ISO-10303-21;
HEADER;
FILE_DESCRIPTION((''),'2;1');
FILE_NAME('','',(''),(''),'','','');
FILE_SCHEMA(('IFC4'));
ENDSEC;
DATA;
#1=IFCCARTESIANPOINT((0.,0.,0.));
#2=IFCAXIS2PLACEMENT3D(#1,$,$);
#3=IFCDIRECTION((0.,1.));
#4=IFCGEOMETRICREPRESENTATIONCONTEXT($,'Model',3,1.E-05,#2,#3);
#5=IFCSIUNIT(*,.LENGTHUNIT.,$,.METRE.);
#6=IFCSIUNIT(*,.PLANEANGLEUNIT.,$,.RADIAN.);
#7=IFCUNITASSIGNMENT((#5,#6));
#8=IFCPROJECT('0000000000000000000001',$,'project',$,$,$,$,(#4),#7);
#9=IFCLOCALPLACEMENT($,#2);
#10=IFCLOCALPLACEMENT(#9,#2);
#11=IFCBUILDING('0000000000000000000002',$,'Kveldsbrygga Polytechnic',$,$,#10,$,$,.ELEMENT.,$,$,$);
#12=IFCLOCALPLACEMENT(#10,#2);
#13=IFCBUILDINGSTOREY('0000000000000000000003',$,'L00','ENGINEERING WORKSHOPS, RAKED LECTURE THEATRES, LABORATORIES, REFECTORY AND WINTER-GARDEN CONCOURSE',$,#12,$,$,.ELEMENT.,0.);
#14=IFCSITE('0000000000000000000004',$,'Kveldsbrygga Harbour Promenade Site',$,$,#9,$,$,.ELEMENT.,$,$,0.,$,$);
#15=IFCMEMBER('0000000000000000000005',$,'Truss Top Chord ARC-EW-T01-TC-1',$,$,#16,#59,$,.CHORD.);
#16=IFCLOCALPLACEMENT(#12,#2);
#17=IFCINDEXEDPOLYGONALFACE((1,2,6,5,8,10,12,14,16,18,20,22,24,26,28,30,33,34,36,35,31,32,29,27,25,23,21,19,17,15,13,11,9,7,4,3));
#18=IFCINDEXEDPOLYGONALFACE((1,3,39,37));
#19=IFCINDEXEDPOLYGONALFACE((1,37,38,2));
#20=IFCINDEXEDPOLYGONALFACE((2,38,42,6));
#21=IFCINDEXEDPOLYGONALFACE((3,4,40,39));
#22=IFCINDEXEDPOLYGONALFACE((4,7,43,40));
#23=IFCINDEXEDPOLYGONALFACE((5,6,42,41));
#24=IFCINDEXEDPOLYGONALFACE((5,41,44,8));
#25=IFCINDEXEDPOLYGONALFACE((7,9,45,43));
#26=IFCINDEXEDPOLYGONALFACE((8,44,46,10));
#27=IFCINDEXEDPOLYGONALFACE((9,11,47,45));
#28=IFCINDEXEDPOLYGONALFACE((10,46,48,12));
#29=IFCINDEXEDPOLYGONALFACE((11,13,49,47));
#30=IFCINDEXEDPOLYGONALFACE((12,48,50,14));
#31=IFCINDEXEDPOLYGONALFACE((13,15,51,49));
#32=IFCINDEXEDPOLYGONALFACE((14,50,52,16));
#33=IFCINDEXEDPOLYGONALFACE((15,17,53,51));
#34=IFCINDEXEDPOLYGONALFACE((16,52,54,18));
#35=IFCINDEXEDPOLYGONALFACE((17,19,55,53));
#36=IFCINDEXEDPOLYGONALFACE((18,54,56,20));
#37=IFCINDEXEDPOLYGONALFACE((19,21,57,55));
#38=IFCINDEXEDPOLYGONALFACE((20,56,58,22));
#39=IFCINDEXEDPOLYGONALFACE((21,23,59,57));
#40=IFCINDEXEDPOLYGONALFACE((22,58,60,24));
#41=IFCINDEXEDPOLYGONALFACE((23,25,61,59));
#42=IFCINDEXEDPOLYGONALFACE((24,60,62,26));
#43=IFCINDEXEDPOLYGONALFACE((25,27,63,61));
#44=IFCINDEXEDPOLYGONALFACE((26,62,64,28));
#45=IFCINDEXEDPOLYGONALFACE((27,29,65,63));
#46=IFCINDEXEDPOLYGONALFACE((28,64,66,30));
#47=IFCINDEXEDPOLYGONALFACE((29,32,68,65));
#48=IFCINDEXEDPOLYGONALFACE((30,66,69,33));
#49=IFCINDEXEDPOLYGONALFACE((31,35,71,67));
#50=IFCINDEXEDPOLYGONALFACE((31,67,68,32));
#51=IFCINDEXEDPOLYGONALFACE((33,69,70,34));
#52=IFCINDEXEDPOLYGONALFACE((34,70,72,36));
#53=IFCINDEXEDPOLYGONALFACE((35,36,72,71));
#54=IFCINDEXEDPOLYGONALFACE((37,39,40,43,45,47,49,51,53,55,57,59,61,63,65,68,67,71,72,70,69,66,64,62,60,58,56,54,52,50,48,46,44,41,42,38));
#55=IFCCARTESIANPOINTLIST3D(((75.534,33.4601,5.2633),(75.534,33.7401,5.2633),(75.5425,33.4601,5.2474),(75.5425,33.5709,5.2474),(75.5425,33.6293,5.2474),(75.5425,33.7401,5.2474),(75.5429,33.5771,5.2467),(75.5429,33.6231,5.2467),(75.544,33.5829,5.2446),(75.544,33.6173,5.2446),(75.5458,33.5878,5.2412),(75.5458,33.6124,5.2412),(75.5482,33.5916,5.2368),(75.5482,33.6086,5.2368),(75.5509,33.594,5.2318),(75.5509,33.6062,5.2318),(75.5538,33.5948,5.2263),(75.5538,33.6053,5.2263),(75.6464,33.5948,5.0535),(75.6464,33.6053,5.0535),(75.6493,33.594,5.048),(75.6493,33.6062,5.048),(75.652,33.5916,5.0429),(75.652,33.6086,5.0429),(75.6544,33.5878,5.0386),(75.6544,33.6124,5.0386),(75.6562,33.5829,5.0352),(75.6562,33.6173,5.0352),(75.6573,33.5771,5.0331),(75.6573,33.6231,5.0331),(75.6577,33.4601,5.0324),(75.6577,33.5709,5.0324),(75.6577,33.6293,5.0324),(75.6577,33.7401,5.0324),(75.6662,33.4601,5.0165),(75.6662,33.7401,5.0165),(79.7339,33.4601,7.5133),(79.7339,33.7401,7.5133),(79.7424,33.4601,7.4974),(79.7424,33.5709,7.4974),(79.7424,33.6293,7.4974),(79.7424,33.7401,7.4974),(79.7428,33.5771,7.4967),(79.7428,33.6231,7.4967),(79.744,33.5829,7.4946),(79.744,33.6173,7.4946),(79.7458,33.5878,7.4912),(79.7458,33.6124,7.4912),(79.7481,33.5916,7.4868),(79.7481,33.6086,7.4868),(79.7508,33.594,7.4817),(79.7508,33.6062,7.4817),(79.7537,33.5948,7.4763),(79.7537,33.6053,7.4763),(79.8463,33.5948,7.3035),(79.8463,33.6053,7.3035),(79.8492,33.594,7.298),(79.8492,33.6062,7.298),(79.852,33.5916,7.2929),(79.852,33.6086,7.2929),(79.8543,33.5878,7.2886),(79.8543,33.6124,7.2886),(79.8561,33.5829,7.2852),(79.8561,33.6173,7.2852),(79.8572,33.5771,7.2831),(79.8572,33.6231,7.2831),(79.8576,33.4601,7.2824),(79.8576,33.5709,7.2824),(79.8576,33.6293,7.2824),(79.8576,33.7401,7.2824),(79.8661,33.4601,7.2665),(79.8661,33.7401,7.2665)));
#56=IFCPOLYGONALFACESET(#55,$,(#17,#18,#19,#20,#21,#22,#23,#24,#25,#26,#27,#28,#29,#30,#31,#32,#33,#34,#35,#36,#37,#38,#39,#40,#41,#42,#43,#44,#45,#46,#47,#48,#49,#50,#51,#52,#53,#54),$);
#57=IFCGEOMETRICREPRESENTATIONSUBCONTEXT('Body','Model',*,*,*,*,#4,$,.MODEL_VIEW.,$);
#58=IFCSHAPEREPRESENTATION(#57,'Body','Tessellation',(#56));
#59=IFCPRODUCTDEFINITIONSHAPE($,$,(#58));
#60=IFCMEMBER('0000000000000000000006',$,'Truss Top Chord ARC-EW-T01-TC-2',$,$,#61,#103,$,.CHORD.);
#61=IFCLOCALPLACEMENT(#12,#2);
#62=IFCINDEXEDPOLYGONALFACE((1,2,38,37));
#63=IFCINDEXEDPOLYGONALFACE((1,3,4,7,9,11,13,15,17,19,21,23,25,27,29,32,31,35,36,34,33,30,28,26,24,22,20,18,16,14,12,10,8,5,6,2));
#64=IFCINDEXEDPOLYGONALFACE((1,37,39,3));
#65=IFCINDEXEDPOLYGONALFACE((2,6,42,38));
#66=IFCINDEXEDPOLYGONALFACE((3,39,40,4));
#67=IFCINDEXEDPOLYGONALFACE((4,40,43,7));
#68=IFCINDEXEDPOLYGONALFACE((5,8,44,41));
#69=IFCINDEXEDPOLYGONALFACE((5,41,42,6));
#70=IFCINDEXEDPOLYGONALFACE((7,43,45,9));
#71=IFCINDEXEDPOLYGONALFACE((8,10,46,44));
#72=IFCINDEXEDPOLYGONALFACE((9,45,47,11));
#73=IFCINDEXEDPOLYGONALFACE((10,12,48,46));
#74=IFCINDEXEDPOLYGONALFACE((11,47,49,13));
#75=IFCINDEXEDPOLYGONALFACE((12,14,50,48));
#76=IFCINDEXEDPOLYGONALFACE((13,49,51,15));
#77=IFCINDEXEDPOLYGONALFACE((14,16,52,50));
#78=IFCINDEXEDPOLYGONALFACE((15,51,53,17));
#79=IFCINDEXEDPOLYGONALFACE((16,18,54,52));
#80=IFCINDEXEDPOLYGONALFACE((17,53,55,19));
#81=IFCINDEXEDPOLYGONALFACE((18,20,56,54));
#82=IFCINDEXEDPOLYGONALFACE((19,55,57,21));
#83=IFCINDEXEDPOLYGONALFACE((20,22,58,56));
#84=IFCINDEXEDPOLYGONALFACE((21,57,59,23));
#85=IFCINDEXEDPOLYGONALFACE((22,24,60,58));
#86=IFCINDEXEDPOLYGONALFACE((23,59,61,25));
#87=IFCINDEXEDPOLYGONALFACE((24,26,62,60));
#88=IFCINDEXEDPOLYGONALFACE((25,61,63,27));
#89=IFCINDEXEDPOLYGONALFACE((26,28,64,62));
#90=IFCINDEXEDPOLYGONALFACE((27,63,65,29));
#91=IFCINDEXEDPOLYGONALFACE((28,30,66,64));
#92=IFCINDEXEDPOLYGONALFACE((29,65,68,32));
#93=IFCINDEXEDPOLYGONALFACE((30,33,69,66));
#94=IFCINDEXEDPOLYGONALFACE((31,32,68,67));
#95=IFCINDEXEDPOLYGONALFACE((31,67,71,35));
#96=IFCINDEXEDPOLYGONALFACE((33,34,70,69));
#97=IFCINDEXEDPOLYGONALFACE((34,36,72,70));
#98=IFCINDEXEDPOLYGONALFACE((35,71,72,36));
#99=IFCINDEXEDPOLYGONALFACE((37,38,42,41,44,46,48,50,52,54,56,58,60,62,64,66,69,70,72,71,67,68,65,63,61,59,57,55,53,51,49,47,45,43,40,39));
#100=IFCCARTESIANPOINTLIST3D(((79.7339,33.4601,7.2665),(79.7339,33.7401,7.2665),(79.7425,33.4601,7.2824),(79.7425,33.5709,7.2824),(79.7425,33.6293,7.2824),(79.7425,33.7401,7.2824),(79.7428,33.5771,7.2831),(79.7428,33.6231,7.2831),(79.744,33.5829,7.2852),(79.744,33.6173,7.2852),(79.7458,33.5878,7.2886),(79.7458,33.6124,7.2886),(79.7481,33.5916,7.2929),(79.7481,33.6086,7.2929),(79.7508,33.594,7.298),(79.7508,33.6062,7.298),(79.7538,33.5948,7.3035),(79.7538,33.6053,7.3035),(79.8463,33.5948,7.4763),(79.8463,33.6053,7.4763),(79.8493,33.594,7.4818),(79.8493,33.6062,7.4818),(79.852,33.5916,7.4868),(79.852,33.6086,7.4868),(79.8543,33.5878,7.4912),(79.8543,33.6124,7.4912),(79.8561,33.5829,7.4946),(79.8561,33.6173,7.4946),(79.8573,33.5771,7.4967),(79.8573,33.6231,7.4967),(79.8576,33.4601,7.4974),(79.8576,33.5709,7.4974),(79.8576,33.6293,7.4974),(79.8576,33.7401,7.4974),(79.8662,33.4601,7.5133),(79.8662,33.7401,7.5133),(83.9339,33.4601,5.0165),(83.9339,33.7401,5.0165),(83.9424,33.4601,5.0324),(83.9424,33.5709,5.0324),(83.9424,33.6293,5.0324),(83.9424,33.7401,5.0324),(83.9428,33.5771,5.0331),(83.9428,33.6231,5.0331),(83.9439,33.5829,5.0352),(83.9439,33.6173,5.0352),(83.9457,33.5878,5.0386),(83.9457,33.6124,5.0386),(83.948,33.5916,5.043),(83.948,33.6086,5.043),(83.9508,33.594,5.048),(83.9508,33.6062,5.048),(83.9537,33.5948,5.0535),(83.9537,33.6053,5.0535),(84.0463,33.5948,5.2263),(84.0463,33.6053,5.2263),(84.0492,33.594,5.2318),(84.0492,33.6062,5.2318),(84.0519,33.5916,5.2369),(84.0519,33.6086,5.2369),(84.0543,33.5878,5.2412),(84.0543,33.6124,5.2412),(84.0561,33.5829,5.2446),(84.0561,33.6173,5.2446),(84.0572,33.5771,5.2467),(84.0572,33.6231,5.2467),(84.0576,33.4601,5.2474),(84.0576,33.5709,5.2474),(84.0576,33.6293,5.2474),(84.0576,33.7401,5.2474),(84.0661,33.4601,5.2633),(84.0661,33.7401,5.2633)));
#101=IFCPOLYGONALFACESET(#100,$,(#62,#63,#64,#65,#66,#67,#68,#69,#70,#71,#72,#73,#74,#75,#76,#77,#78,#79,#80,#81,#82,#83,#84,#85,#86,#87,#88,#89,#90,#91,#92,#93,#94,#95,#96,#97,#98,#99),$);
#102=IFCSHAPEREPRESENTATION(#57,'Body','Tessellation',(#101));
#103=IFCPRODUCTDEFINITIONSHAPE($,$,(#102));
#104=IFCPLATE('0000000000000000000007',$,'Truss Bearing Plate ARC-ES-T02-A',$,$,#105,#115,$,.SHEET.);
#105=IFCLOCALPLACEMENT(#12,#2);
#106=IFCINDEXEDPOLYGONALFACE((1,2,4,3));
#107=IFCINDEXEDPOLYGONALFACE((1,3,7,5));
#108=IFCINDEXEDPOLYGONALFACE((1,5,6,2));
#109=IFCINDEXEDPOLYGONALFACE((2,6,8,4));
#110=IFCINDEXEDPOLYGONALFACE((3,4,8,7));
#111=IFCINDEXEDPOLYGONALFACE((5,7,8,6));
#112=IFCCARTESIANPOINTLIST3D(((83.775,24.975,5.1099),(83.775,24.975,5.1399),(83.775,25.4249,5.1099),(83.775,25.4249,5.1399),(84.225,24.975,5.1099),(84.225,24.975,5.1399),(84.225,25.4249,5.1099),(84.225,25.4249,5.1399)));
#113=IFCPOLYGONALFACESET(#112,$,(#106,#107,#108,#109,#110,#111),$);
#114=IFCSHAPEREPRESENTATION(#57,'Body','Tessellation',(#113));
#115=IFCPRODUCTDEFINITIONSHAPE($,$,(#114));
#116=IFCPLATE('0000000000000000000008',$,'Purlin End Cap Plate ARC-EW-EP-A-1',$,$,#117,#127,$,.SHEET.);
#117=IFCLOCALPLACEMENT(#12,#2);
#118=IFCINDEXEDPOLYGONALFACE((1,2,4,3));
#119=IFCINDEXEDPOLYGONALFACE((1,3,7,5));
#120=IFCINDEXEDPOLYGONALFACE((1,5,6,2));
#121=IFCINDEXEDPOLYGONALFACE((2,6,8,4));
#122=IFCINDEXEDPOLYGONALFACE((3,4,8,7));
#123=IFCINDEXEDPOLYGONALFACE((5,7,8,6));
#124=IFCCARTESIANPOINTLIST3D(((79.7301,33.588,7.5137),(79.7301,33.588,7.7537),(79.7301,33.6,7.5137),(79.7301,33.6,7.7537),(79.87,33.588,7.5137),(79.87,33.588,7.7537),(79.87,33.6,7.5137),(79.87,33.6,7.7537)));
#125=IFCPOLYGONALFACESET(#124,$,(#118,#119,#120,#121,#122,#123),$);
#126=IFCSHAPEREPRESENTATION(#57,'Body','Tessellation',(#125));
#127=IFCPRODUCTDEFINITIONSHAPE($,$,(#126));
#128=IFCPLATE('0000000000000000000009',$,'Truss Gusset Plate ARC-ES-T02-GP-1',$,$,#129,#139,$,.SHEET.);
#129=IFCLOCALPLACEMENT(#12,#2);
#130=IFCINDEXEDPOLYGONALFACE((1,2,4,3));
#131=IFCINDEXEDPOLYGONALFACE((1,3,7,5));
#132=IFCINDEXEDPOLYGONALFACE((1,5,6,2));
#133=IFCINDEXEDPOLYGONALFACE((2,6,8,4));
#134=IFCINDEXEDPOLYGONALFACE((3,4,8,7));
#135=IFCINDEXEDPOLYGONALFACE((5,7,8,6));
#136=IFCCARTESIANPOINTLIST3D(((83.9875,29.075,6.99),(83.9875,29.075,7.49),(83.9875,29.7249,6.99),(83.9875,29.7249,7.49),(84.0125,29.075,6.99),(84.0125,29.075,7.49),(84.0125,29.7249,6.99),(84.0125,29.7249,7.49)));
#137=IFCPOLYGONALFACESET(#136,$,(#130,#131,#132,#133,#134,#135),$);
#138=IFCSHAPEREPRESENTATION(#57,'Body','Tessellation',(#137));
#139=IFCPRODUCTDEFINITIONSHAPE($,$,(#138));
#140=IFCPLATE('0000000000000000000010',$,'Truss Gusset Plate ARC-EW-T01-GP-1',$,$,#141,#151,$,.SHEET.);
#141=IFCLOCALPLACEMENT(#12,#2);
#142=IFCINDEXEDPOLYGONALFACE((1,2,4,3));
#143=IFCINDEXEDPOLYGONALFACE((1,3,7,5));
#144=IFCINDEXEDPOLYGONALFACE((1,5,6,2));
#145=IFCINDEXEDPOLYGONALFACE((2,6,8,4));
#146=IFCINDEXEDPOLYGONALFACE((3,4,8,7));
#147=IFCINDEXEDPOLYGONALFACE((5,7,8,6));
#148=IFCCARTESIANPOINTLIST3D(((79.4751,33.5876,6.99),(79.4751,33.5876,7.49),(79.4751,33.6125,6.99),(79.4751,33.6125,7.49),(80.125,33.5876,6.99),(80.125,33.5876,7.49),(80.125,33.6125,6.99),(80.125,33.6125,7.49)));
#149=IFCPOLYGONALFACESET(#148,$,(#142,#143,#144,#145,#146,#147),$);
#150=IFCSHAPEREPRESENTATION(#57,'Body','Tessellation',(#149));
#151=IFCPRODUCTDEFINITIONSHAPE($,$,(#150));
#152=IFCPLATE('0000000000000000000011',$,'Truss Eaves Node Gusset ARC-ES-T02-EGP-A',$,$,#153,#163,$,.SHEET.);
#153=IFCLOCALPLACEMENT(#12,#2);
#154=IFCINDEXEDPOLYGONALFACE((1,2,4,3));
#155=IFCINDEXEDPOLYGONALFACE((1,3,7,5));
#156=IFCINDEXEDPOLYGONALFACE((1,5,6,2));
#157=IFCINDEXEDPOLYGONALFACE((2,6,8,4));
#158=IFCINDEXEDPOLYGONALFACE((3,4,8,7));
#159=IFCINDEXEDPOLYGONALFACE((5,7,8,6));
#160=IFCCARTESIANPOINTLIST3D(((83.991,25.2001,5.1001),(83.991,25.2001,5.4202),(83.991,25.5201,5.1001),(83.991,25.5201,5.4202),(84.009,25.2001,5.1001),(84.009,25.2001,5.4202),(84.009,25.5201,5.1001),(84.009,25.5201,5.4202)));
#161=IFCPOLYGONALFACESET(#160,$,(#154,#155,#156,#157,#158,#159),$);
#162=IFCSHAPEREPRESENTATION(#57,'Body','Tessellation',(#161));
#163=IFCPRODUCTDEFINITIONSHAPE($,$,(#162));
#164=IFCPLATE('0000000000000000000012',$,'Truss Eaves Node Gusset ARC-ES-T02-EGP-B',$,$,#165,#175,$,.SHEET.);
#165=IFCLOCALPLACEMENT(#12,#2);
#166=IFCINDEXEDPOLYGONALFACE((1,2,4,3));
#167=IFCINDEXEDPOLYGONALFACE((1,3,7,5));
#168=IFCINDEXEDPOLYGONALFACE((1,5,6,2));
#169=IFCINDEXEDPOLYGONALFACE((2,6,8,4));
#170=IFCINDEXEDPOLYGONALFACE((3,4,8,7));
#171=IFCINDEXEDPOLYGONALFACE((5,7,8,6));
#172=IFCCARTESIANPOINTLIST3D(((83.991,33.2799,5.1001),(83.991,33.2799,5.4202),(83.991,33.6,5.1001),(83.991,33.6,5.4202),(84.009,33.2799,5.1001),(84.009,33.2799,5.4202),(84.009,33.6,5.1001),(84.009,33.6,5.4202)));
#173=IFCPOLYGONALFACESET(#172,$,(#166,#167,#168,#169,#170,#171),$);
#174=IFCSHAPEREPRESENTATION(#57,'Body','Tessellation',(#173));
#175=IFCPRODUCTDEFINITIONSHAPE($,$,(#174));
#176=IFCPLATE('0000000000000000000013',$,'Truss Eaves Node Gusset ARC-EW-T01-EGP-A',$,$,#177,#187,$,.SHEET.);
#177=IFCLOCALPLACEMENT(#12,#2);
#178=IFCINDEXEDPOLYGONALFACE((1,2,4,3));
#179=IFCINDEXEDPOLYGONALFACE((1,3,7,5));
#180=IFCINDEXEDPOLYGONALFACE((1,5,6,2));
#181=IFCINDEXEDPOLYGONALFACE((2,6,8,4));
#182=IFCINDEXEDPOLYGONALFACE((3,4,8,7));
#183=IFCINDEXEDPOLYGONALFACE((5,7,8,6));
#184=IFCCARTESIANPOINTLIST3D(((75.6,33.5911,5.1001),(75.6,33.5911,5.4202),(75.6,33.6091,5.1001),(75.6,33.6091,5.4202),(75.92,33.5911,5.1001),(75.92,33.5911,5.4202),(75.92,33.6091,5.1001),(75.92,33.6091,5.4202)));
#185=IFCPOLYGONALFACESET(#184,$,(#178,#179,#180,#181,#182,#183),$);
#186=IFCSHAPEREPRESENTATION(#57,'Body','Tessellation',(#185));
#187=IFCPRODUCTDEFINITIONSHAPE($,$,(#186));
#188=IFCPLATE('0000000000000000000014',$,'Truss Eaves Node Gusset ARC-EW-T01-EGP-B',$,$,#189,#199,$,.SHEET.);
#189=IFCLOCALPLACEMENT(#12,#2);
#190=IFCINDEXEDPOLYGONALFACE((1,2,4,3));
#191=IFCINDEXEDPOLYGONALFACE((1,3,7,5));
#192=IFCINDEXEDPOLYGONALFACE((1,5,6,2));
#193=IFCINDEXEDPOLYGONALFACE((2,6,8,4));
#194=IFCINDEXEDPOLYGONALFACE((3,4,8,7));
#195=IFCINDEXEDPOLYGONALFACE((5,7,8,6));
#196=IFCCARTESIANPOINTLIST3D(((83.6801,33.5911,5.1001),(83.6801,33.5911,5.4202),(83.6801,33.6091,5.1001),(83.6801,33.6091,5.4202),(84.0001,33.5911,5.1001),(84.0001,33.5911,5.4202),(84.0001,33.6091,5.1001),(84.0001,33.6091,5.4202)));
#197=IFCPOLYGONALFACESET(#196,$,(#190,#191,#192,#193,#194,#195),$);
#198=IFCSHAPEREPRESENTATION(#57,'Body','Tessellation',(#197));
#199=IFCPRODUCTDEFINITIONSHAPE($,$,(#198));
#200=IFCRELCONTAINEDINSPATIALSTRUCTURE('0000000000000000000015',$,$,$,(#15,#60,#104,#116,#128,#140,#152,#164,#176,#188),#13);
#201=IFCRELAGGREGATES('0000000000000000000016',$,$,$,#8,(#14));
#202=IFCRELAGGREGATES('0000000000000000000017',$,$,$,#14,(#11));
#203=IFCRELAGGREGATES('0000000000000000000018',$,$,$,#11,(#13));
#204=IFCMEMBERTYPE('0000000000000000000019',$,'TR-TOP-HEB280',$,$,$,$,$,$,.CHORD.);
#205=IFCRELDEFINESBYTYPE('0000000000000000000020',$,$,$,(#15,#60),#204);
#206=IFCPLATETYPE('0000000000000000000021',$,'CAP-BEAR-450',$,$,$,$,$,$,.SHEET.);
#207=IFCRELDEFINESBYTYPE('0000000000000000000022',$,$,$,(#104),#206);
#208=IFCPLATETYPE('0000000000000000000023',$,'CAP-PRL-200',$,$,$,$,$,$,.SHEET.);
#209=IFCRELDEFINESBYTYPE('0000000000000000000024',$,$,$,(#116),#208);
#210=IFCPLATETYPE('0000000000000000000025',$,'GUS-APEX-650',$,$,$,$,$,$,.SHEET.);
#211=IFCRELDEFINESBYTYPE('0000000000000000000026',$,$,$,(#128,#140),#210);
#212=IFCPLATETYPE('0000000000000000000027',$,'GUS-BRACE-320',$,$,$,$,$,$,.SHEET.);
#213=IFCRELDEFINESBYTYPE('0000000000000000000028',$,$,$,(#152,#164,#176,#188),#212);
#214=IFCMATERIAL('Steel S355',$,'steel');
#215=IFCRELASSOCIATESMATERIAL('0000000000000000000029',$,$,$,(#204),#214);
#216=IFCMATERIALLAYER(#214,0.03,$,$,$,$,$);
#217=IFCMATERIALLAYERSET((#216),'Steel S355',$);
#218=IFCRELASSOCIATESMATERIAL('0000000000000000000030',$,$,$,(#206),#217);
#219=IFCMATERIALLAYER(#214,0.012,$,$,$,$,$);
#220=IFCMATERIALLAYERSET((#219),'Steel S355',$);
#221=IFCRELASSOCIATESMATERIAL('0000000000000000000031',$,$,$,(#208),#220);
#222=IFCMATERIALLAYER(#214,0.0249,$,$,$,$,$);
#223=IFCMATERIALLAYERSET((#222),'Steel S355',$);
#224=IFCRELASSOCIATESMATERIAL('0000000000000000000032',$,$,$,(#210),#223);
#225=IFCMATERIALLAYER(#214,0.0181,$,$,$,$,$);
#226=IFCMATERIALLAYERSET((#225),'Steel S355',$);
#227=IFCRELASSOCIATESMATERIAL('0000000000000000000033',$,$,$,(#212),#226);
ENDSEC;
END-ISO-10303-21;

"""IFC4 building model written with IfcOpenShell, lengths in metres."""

from ifc_helpers import new_model, si_unit, direction, frame, origin, origin_2d, place, context, subcontext, project, spatial, rectangle, i_section, extrude, material, layer, layer_set, material_profile, profile_set, type_object, element, save


model = new_model("IFC4")

# Units and contexts
model_context = context("Model", 3, precision=1e-05, world=origin(), true_north=direction((0.0, 1.0)))
body_context = subcontext(model_context, "Body", "Model", "MODEL_VIEW")
ifc_project = project(units=[si_unit("LENGTHUNIT", "METRE"), si_unit("PLANEANGLEUNIT", "RADIAN")], contexts=[model_context])

# Site, building, storey
site_placement = place(None, origin())
site = spatial("IfcSite", under=ifc_project, at=site_placement, Name="Kveldsbrygga Harbour Promenade Site", CompositionType="ELEMENT", RefElevation=0.0)
building_placement = place(site_placement, origin())
building = spatial("IfcBuilding", under=site, at=building_placement, Name="Kveldsbrygga Polytechnic", CompositionType="ELEMENT")
storey_placement = place(building_placement, origin())
storey = spatial("IfcBuildingStorey", under=building, at=storey_placement, Name="L00", Description="ENGINEERING WORKSHOPS, RAKED LECTURE THEATRES, LABORATORIES, REFECTORY AND WINTER-GARDEN CONCOURSE", CompositionType="ELEMENT", Elevation=0.0)

# Members
ifc_material_1 = material(Name="Steel S355", Category="steel")
ifc_material_profile_1 = material_profile(ifc_material_1, i_section(OverallWidth=0.28, OverallDepth=0.28, WebThickness=0.0105, FlangeThickness=0.0181, FilletRadius=0.0239, at=origin_2d()), Name="HEB 280")
ifc_profile_set_1 = profile_set([ifc_material_profile_1], Name="Steel S355")
member_type_1 = type_object("IfcMemberType", Name="TR-TOP-HEB280", PredefinedType="CHORD", material=ifc_profile_set_1)
for number, where, z_axis, x_axis, name in (
    (1, (75.6001, 33.6001, 5.1399), (0.881478, 0.0, 0.472226), (0.0, 1.0, 0.0), "Truss Top Chord ARC-EW-T01-TC-1"),
    (2, (79.8, 33.6001, 7.3899), (0.881478, 0.0, -0.472226), (0.0, 1.0, 0.0), "Truss Top Chord ARC-EW-T01-TC-2"),
):
    element("IfcMember", number, at=place(storey_placement, frame(where, z_axis=z_axis, x_axis=x_axis)), inside=storey, type_object=member_type_1, Name=name, PredefinedType="CHORD", context=body_context, shape_type="SweptSolid", body=[
        extrude(i_section(OverallWidth=0.28, OverallDepth=0.28, WebThickness=0.0105, FlangeThickness=0.0181, FilletRadius=0.0239, at=origin_2d()), origin(), (0.0, 0.0, 1.0), 4.7646),
    ])

# Plates
ifc_layer_1 = layer(ifc_material_1, 0.03)
ifc_layer_set_1 = layer_set([ifc_layer_1], Name="Steel S355")
plate_type_1 = type_object("IfcPlateType", Name="CAP-BEAR-450", PredefinedType="SHEET", material=ifc_layer_set_1)
plate_1_placement = place(storey_placement, frame((84.0, 25.2, 5.1099), z_axis=(0.0, 0.0, 1.0), x_axis=(1.0, 0.0, 0.0)))
element("IfcPlate", 3, at=plate_1_placement, inside=storey, type_object=plate_type_1, Name="Truss Bearing Plate ARC-ES-T02-A", PredefinedType="SHEET", context=body_context, shape_type="SweptSolid", body=[
    extrude(rectangle(XDim=0.45, YDim=0.45, at=origin_2d()), origin(), (0.0, 0.0, 1.0), 0.03),
])
ifc_layer_2 = layer(ifc_material_1, 0.012)
ifc_layer_set_2 = layer_set([ifc_layer_2], Name="Steel S355")
plate_type_2 = type_object("IfcPlateType", Name="CAP-PRL-200", PredefinedType="SHEET", material=ifc_layer_set_2)
plate_2_placement = place(storey_placement, frame((79.8, 33.594, 7.5137), z_axis=(0.0, 0.0, 1.0), x_axis=(1.0, 0.0, 0.0)))
element("IfcPlate", 4, at=plate_2_placement, inside=storey, type_object=plate_type_2, Name="Purlin End Cap Plate ARC-EW-EP-A-1", PredefinedType="SHEET", context=body_context, shape_type="SweptSolid", body=[
    extrude(rectangle(XDim=0.1399, YDim=0.012, at=origin_2d()), origin(), (0.0, 0.0, 1.0), 0.24),
])
ifc_layer_3 = layer(ifc_material_1, 0.0249)
ifc_layer_set_3 = layer_set([ifc_layer_3], Name="Steel S355")
plate_type_3 = type_object("IfcPlateType", Name="GUS-APEX-650", PredefinedType="SHEET", material=ifc_layer_set_3)
plate_3_placement = place(storey_placement, frame((84.0, 29.3999, 6.99), z_axis=(0.0, 0.0, 1.0), x_axis=(1.0, 0.0, 0.0)))
element("IfcPlate", 5, at=plate_3_placement, inside=storey, type_object=plate_type_3, Name="Truss Gusset Plate ARC-ES-T02-GP-1", PredefinedType="SHEET", context=body_context, shape_type="SweptSolid", body=[
    extrude(rectangle(XDim=0.0249, YDim=0.6499, at=origin_2d()), origin(), (0.0, 0.0, 1.0), 0.5),
])
plate_4_placement = place(storey_placement, frame((79.8, 33.6001, 6.99), z_axis=(0.0, 0.0, 1.0), x_axis=(1.0, 0.0, 0.0)))
element("IfcPlate", 6, at=plate_4_placement, inside=storey, type_object=plate_type_3, Name="Truss Gusset Plate ARC-EW-T01-GP-1", PredefinedType="SHEET", context=body_context, shape_type="SweptSolid", body=[
    extrude(rectangle(XDim=0.6499, YDim=0.0249, at=origin_2d()), origin(), (0.0, 0.0, 1.0), 0.5),
])
ifc_layer_4 = layer(ifc_material_1, 0.0181)
ifc_layer_set_4 = layer_set([ifc_layer_4], Name="Steel S355")
plate_type_4 = type_object("IfcPlateType", Name="GUS-BRACE-320", PredefinedType="SHEET", material=ifc_layer_set_4)
for number, where, z_axis, x_axis, name in (
    (7, (84.0, 25.3601, 5.1001), (0.0, 0.0, 1.0), (1.0, 0.0, 0.0), "Truss Eaves Node Gusset ARC-ES-T02-EGP-A"),
    (8, (84.0, 33.4399, 5.1001), (0.0, 0.0, 1.0), (1.0, 0.0, 0.0), "Truss Eaves Node Gusset ARC-ES-T02-EGP-B"),
):
    element("IfcPlate", number, at=place(storey_placement, frame(where, z_axis=z_axis, x_axis=x_axis)), inside=storey, type_object=plate_type_4, Name=name, PredefinedType="SHEET", context=body_context, shape_type="SweptSolid", body=[
        extrude(rectangle(XDim=0.0181, YDim=0.3201, at=origin_2d()), origin(), (0.0, 0.0, 1.0), 0.3201),
    ])
for number, where, z_axis, x_axis, name in (
    (9, (75.76, 33.6001, 5.1001), (0.0, 0.0, 1.0), (1.0, 0.0, 0.0), "Truss Eaves Node Gusset ARC-EW-T01-EGP-A"),
    (10, (83.8401, 33.6001, 5.1001), (0.0, 0.0, 1.0), (1.0, 0.0, 0.0), "Truss Eaves Node Gusset ARC-EW-T01-EGP-B"),
):
    element("IfcPlate", number, at=place(storey_placement, frame(where, z_axis=z_axis, x_axis=x_axis)), inside=storey, type_object=plate_type_4, Name=name, PredefinedType="SHEET", context=body_context, shape_type="SweptSolid", body=[
        extrude(rectangle(XDim=0.3201, YDim=0.0181, at=origin_2d()), origin(), (0.0, 0.0, 1.0), 0.3201),
    ])

save(model, "model.ifc")
